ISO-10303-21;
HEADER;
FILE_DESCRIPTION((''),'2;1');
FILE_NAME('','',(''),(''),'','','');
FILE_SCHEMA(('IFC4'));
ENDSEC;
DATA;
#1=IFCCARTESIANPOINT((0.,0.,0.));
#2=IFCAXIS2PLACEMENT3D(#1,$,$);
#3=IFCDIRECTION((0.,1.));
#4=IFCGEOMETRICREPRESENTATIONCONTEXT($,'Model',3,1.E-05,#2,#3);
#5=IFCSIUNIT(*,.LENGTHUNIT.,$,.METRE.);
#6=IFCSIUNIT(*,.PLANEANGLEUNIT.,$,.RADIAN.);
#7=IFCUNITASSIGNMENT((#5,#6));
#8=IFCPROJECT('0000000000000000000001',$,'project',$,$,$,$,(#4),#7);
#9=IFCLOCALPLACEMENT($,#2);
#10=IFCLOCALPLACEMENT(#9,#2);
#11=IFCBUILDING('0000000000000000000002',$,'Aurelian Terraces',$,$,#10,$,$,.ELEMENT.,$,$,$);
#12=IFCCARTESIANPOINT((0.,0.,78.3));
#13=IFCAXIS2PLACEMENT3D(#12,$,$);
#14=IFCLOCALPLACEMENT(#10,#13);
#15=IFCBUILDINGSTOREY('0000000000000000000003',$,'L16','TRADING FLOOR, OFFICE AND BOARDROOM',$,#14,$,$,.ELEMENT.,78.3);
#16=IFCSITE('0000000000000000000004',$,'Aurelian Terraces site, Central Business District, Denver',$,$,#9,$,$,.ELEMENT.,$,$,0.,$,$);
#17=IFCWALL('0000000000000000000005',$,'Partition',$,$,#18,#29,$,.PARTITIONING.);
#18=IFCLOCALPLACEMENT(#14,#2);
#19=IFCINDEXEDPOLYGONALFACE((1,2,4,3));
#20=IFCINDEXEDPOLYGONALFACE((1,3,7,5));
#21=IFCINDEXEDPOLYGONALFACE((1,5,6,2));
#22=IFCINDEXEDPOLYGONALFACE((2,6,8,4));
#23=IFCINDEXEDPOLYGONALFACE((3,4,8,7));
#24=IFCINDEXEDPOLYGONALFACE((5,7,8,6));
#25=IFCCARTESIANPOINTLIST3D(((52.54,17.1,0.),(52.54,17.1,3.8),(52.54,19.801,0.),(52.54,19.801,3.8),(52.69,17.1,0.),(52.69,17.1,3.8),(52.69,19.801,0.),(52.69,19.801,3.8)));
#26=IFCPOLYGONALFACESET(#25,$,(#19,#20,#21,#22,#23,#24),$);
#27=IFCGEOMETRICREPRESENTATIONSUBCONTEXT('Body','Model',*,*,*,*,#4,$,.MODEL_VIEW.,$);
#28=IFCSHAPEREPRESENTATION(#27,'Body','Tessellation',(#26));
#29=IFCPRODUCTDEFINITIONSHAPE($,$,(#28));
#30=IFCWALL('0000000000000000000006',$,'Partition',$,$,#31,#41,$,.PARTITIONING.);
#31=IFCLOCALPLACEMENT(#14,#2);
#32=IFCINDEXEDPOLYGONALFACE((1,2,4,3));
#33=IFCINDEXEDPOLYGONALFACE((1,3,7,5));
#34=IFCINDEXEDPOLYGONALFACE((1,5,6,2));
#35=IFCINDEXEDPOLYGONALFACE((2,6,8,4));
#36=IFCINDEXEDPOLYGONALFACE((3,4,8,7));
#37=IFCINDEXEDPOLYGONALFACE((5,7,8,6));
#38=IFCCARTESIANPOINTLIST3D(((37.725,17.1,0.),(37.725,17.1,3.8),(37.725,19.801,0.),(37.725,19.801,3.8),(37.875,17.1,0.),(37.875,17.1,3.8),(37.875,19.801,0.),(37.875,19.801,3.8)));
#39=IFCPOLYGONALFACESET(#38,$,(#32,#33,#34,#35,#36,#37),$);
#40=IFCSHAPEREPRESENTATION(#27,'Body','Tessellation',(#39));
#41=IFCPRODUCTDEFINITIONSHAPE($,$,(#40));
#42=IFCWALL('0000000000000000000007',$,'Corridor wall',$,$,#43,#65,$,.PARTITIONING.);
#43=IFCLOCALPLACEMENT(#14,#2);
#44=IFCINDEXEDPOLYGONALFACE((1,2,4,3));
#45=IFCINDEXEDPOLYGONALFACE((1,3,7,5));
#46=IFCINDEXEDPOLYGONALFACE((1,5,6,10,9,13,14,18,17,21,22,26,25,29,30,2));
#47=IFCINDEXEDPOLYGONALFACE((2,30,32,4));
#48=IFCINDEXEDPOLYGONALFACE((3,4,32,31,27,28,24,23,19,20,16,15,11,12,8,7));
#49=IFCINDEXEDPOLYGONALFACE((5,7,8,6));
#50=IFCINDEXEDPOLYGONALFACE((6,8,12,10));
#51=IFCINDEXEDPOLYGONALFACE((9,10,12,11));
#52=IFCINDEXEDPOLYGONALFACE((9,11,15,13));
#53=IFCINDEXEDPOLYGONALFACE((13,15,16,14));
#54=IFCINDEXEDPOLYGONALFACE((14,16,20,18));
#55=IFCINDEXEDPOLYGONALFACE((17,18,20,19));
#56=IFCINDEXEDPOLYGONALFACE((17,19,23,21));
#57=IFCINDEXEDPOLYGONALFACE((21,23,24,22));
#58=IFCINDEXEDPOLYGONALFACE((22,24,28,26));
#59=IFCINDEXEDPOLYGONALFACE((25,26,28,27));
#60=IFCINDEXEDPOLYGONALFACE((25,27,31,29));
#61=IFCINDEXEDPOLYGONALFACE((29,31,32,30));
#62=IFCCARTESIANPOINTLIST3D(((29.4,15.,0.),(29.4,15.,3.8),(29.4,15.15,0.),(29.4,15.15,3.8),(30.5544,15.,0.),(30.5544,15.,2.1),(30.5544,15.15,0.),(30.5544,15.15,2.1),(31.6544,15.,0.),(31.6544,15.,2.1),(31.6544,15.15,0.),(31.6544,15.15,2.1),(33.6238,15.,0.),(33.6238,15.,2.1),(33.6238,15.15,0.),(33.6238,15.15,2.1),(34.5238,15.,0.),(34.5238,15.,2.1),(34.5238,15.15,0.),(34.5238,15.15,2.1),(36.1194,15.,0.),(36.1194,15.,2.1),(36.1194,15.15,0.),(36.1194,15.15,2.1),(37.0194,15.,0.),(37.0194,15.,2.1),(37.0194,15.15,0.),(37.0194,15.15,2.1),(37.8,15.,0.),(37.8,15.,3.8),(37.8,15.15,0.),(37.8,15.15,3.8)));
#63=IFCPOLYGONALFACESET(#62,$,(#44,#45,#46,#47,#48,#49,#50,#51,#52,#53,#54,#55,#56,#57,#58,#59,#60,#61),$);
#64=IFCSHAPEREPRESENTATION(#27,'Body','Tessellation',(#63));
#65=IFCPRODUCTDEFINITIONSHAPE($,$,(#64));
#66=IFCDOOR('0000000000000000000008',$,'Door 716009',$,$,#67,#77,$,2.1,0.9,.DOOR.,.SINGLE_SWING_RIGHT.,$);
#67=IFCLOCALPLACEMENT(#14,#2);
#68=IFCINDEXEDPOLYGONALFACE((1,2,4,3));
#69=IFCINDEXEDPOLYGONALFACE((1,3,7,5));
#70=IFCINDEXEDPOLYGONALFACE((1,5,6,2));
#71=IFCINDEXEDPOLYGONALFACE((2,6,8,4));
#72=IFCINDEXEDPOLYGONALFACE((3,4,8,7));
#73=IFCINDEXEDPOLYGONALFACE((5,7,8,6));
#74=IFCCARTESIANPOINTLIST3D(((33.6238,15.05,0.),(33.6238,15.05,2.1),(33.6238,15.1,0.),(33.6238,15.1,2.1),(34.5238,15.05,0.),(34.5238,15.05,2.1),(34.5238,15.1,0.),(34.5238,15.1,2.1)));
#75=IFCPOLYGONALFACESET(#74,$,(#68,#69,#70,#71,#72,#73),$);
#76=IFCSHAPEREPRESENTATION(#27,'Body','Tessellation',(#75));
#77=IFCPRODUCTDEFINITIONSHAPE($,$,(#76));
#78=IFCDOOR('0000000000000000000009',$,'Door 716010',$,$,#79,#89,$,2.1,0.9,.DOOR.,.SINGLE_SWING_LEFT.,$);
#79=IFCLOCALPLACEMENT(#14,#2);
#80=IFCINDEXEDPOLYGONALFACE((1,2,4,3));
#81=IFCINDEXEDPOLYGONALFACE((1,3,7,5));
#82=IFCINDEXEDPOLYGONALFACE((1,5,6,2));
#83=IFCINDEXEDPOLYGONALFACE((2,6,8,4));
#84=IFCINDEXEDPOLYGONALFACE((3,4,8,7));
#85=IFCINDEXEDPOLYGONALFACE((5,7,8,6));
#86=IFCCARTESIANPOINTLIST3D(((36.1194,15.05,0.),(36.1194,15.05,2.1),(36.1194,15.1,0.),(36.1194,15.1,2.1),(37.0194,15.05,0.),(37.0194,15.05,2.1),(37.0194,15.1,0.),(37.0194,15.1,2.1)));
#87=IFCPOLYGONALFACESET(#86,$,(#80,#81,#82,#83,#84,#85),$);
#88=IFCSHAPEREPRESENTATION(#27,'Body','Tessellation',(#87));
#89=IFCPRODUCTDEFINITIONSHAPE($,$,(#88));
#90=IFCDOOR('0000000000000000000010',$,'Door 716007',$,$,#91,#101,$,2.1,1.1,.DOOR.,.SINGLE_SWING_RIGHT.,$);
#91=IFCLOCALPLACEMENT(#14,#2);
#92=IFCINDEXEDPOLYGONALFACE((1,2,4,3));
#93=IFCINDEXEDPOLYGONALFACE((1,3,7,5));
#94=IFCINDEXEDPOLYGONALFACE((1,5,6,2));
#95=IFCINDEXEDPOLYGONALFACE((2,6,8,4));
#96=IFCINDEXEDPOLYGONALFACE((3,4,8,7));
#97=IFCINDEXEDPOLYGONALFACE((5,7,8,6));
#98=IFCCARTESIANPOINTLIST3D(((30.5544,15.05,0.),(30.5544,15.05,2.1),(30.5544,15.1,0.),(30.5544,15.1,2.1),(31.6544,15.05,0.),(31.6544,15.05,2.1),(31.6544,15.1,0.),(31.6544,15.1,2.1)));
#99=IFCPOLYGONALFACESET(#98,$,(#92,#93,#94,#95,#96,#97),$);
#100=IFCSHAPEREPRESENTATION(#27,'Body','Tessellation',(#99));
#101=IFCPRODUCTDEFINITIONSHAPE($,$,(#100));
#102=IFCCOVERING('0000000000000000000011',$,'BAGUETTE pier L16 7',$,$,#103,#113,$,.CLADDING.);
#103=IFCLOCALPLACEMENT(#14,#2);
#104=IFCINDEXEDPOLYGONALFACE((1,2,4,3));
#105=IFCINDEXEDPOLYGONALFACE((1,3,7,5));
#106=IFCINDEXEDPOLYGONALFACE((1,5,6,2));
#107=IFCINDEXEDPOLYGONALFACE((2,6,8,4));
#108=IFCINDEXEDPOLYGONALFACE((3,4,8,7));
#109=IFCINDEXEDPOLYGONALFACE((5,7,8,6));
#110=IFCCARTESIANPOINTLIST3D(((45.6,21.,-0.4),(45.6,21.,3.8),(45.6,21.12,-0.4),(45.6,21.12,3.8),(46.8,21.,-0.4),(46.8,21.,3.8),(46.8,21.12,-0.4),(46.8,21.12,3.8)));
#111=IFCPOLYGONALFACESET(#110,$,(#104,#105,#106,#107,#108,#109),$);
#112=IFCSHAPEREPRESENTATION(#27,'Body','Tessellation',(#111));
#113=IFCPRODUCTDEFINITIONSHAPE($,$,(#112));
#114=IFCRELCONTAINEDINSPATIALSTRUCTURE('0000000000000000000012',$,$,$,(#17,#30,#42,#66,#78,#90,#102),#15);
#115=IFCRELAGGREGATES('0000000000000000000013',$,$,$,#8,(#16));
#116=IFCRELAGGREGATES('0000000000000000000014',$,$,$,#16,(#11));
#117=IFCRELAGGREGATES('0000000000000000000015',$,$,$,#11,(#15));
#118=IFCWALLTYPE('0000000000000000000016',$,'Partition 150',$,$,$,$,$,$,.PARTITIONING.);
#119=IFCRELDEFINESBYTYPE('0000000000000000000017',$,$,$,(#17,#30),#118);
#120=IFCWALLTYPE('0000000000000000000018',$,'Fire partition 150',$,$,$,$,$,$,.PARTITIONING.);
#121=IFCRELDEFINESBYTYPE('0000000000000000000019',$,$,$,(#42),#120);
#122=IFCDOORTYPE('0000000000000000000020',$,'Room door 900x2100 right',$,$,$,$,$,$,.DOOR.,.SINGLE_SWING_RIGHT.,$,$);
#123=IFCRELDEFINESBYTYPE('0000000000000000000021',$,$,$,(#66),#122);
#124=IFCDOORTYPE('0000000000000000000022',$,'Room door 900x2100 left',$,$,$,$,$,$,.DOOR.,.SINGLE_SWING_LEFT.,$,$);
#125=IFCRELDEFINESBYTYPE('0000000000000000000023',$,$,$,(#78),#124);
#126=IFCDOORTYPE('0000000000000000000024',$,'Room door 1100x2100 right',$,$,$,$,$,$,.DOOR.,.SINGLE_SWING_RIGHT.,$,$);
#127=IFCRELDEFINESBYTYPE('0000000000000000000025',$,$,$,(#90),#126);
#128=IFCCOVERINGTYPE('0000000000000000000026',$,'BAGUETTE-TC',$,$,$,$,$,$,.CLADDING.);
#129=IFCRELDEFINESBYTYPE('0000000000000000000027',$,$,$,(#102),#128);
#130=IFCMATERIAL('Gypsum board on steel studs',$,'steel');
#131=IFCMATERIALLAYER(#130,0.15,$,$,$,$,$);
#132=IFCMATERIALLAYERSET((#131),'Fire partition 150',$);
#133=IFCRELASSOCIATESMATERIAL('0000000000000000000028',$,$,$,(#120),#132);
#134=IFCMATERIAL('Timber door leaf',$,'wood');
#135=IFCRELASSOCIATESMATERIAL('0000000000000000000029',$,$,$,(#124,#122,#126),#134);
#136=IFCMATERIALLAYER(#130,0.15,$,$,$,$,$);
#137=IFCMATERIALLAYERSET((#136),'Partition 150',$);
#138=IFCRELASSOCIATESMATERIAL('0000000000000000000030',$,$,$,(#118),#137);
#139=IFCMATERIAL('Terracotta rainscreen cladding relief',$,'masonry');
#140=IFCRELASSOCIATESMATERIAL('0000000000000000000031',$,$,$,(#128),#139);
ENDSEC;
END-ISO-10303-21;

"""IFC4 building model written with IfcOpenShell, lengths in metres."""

from ifc_helpers import new_model, si_unit, direction, frame, frame_2d, origin, origin_2d, place, context, subcontext, project, spatial, rectangle, extrude, source, transform, mapped, material, layer, layer_set, type_object, element, fill, save


model = new_model("IFC4")

# Units and contexts
model_context = context("Model", 3, precision=1e-05, world=origin(), true_north=direction((0.0, 1.0)))
body_context = subcontext(model_context, "Body", "Model", "MODEL_VIEW")
ifc_project = project(units=[si_unit("LENGTHUNIT", "METRE"), si_unit("PLANEANGLEUNIT", "RADIAN")], contexts=[model_context])

# Site, building, storey
site_placement = place(None, origin())
site = spatial("IfcSite", under=ifc_project, at=site_placement, Name="Aurelian Terraces site, Central Business District, Denver", CompositionType="ELEMENT", RefElevation=0.0)
building_placement = place(site_placement, origin())
building = spatial("IfcBuilding", under=site, at=building_placement, Name="Aurelian Terraces", CompositionType="ELEMENT")
storey_placement = place(building_placement, frame((0.0, 0.0, 78.3)))
storey = spatial("IfcBuildingStorey", under=building, at=storey_placement, Name="L16", Description="TRADING FLOOR, OFFICE AND BOARDROOM", CompositionType="ELEMENT", Elevation=78.3)

# Shared definitions
ifc_material_1 = material(Name="Timber door leaf", Category="wood")

# Shared definitions
ifc_material_2 = material(Name="Gypsum board on steel studs", Category="steel")
ifc_layer_1 = layer(ifc_material_2, 0.15)
ifc_layer_set_1 = layer_set([ifc_layer_1], Name="Fire partition 150")
wall_type_1 = type_object("IfcWallType", Name="Fire partition 150", PredefinedType="PARTITIONING", material=ifc_layer_set_1)
shared_shape_1 = source(origin(), body_context, "Body", "SweptSolid", [
    extrude(rectangle(XDim=0.9, YDim=2.1, at=frame_2d((0.45, 1.05))), frame((0.0, 0.085, 0.0), z_axis=(0.0, -1.0, 0.0), x_axis=(1.0, 0.0, 0.0)), (0.0, 0.0, 1.0), 0.17),
])
door_type_1 = type_object("IfcDoorType", Name="Room door 900x2100 left", OperationType="SINGLE_SWING_LEFT", PredefinedType="DOOR", material=ifc_material_1)
shared_shape_2 = source(origin(), body_context, "Body", "SweptSolid", [
    extrude(rectangle(XDim=0.9, YDim=2.1, at=frame_2d((0.45, 1.05))), frame((0.0, 0.025, 0.0), z_axis=(0.0, -1.0, 0.0), x_axis=(1.0, 0.0, 0.0)), (0.0, 0.0, 1.0), 0.05),
])

# Walls
ifc_layer_2 = layer(ifc_material_2, 0.15)
ifc_layer_set_2 = layer_set([ifc_layer_2], Name="Partition 150")
wall_type_2 = type_object("IfcWallType", Name="Partition 150", PredefinedType="PARTITIONING", material=ifc_layer_set_2)
shared_shape_3 = source(origin(), body_context, "Body", "SweptSolid", [
    extrude(rectangle(XDim=2.701, YDim=0.15, at=frame_2d((1.3505, 0.0))), origin(), (0.0, 0.0, 1.0), 3.8),
])
for number, where, z_axis, x_axis, name in (
    (1, (52.615, 19.801, 0.0), (0.0, 0.0, 1.0), (0.0, -1.0, 0.0), "Partition"),
    (2, (37.8, 17.1, 0.0), (0.0, 0.0, 1.0), (0.0, 1.0, 0.0), "Partition"),
):
    element("IfcWall", number, at=place(storey_placement, frame(where, z_axis=z_axis, x_axis=x_axis)), inside=storey, type_object=wall_type_2, Name=name, PredefinedType="PARTITIONING", context=body_context, shape_type="MappedRepresentation", body=[
        mapped(shared_shape_3, transform((0.0, 0.0, 0.0), scale=1.0)),
    ])

# Wall, openings, doors
shared_shape_4 = source(origin(), body_context, "Body", "SweptSolid", [
    extrude(rectangle(XDim=8.4, YDim=0.15, at=frame_2d((4.2, 0.0))), origin(), (0.0, 0.0, 1.0), 3.8),
])
wall_1_placement = place(storey_placement, frame((37.8, 15.075, 0.0), z_axis=(0.0, 0.0, 1.0), x_axis=(-1.0, 0.0, 0.0)))
wall_1 = element("IfcWall", 3, at=wall_1_placement, inside=storey, type_object=wall_type_1, Name="Corridor wall", PredefinedType="PARTITIONING", context=body_context, shape_type="MappedRepresentation", body=[
    mapped(shared_shape_4, transform((0.0, 0.0, 0.0), scale=1.0)),
])
shared_shape_5 = source(origin(), body_context, "Body", "SweptSolid", [
    extrude(rectangle(XDim=1.1, YDim=2.1, at=frame_2d((0.55, 1.05))), frame((0.0, 0.085, 0.0), z_axis=(0.0, -1.0, 0.0), x_axis=(1.0, 0.0, 0.0)), (0.0, 0.0, 1.0), 0.17),
])
opening_1_placement = place(wall_1_placement, frame((6.1456, 0.0, 0.0)))
opening_1 = element("IfcOpeningElement", 4, at=opening_1_placement, cuts=wall_1, PredefinedType="OPENING", context=body_context, shape_type="MappedRepresentation", body=[
    mapped(shared_shape_5, transform((0.0, 0.0, 0.0), scale=1.0)),
])
opening_2_placement = place(wall_1_placement, frame((3.2762, 0.0, 0.0)))
opening_2 = element("IfcOpeningElement", 5, at=opening_2_placement, cuts=wall_1, PredefinedType="OPENING", context=body_context, shape_type="MappedRepresentation", body=[
    mapped(shared_shape_1, transform((0.0, 0.0, 0.0), scale=1.0)),
])
opening_3_placement = place(wall_1_placement, frame((0.7806, 0.0, 0.0)))
opening_3 = element("IfcOpeningElement", 6, at=opening_3_placement, cuts=wall_1, PredefinedType="OPENING", context=body_context, shape_type="MappedRepresentation", body=[
    mapped(shared_shape_1, transform((0.0, 0.0, 0.0), scale=1.0)),
])
door_type_2 = type_object("IfcDoorType", Name="Room door 900x2100 right", OperationType="SINGLE_SWING_RIGHT", PredefinedType="DOOR", material=ifc_material_1)
door_1_placement = place(opening_2_placement, origin())
door_1 = element("IfcDoor", 7, at=door_1_placement, inside=storey, type_object=door_type_2, Name="Door 716009", OperationType="SINGLE_SWING_RIGHT", OverallHeight=2.1, OverallWidth=0.9, PredefinedType="DOOR", context=body_context, shape_type="MappedRepresentation", body=[
    mapped(shared_shape_2, transform((0.0, 0.0, 0.0), scale=1.0)),
])
fill(opening_2, door_1)
door_2_placement = place(opening_3_placement, origin())
door_2 = element("IfcDoor", 8, at=door_2_placement, inside=storey, type_object=door_type_1, Name="Door 716010", OperationType="SINGLE_SWING_LEFT", OverallHeight=2.1, OverallWidth=0.9, PredefinedType="DOOR", context=body_context, shape_type="MappedRepresentation", body=[
    mapped(shared_shape_2, transform((0.0, 0.0, 0.0), scale=1.0)),
])
fill(opening_3, door_2)
door_type_3 = type_object("IfcDoorType", Name="Room door 1100x2100 right", OperationType="SINGLE_SWING_RIGHT", PredefinedType="DOOR", material=ifc_material_1)
shared_shape_6 = source(origin(), body_context, "Body", "SweptSolid", [
    extrude(rectangle(XDim=1.1, YDim=2.1, at=frame_2d((0.55, 1.05))), frame((0.0, 0.025, 0.0), z_axis=(0.0, -1.0, 0.0), x_axis=(1.0, 0.0, 0.0)), (0.0, 0.0, 1.0), 0.05),
])
door_3_placement = place(opening_1_placement, origin())
door_3 = element("IfcDoor", 9, at=door_3_placement, inside=storey, type_object=door_type_3, Name="Door 716007", OperationType="SINGLE_SWING_RIGHT", OverallHeight=2.1, OverallWidth=1.1, PredefinedType="DOOR", context=body_context, shape_type="MappedRepresentation", body=[
    mapped(shared_shape_6, transform((0.0, 0.0, 0.0), scale=1.0)),
])
fill(opening_1, door_3)

# Covering
ifc_material_3 = material(Name="Terracotta rainscreen cladding relief", Category="masonry")
covering_type = type_object("IfcCoveringType", Name="BAGUETTE-TC", PredefinedType="CLADDING", material=ifc_material_3)
shared_shape_7 = source(origin(), body_context, "Body", "SweptSolid", [
    extrude(rectangle(XDim=1.2, YDim=0.12, at=origin_2d()), origin(), (0.0, 0.0, 1.0), 4.2),
])
covering_placement = place(storey_placement, frame((46.2, 21.06, -0.4), z_axis=(0.0, 0.0, 1.0), x_axis=(1.0, 0.0, 0.0)))
element("IfcCovering", 10, at=covering_placement, inside=storey, type_object=covering_type, Name="BAGUETTE pier L16 7", PredefinedType="CLADDING", context=body_context, shape_type="MappedRepresentation", body=[
    mapped(shared_shape_7, transform((0.0, 0.0, 0.0), scale=1.0)),
])

save(model, "model.ifc")
